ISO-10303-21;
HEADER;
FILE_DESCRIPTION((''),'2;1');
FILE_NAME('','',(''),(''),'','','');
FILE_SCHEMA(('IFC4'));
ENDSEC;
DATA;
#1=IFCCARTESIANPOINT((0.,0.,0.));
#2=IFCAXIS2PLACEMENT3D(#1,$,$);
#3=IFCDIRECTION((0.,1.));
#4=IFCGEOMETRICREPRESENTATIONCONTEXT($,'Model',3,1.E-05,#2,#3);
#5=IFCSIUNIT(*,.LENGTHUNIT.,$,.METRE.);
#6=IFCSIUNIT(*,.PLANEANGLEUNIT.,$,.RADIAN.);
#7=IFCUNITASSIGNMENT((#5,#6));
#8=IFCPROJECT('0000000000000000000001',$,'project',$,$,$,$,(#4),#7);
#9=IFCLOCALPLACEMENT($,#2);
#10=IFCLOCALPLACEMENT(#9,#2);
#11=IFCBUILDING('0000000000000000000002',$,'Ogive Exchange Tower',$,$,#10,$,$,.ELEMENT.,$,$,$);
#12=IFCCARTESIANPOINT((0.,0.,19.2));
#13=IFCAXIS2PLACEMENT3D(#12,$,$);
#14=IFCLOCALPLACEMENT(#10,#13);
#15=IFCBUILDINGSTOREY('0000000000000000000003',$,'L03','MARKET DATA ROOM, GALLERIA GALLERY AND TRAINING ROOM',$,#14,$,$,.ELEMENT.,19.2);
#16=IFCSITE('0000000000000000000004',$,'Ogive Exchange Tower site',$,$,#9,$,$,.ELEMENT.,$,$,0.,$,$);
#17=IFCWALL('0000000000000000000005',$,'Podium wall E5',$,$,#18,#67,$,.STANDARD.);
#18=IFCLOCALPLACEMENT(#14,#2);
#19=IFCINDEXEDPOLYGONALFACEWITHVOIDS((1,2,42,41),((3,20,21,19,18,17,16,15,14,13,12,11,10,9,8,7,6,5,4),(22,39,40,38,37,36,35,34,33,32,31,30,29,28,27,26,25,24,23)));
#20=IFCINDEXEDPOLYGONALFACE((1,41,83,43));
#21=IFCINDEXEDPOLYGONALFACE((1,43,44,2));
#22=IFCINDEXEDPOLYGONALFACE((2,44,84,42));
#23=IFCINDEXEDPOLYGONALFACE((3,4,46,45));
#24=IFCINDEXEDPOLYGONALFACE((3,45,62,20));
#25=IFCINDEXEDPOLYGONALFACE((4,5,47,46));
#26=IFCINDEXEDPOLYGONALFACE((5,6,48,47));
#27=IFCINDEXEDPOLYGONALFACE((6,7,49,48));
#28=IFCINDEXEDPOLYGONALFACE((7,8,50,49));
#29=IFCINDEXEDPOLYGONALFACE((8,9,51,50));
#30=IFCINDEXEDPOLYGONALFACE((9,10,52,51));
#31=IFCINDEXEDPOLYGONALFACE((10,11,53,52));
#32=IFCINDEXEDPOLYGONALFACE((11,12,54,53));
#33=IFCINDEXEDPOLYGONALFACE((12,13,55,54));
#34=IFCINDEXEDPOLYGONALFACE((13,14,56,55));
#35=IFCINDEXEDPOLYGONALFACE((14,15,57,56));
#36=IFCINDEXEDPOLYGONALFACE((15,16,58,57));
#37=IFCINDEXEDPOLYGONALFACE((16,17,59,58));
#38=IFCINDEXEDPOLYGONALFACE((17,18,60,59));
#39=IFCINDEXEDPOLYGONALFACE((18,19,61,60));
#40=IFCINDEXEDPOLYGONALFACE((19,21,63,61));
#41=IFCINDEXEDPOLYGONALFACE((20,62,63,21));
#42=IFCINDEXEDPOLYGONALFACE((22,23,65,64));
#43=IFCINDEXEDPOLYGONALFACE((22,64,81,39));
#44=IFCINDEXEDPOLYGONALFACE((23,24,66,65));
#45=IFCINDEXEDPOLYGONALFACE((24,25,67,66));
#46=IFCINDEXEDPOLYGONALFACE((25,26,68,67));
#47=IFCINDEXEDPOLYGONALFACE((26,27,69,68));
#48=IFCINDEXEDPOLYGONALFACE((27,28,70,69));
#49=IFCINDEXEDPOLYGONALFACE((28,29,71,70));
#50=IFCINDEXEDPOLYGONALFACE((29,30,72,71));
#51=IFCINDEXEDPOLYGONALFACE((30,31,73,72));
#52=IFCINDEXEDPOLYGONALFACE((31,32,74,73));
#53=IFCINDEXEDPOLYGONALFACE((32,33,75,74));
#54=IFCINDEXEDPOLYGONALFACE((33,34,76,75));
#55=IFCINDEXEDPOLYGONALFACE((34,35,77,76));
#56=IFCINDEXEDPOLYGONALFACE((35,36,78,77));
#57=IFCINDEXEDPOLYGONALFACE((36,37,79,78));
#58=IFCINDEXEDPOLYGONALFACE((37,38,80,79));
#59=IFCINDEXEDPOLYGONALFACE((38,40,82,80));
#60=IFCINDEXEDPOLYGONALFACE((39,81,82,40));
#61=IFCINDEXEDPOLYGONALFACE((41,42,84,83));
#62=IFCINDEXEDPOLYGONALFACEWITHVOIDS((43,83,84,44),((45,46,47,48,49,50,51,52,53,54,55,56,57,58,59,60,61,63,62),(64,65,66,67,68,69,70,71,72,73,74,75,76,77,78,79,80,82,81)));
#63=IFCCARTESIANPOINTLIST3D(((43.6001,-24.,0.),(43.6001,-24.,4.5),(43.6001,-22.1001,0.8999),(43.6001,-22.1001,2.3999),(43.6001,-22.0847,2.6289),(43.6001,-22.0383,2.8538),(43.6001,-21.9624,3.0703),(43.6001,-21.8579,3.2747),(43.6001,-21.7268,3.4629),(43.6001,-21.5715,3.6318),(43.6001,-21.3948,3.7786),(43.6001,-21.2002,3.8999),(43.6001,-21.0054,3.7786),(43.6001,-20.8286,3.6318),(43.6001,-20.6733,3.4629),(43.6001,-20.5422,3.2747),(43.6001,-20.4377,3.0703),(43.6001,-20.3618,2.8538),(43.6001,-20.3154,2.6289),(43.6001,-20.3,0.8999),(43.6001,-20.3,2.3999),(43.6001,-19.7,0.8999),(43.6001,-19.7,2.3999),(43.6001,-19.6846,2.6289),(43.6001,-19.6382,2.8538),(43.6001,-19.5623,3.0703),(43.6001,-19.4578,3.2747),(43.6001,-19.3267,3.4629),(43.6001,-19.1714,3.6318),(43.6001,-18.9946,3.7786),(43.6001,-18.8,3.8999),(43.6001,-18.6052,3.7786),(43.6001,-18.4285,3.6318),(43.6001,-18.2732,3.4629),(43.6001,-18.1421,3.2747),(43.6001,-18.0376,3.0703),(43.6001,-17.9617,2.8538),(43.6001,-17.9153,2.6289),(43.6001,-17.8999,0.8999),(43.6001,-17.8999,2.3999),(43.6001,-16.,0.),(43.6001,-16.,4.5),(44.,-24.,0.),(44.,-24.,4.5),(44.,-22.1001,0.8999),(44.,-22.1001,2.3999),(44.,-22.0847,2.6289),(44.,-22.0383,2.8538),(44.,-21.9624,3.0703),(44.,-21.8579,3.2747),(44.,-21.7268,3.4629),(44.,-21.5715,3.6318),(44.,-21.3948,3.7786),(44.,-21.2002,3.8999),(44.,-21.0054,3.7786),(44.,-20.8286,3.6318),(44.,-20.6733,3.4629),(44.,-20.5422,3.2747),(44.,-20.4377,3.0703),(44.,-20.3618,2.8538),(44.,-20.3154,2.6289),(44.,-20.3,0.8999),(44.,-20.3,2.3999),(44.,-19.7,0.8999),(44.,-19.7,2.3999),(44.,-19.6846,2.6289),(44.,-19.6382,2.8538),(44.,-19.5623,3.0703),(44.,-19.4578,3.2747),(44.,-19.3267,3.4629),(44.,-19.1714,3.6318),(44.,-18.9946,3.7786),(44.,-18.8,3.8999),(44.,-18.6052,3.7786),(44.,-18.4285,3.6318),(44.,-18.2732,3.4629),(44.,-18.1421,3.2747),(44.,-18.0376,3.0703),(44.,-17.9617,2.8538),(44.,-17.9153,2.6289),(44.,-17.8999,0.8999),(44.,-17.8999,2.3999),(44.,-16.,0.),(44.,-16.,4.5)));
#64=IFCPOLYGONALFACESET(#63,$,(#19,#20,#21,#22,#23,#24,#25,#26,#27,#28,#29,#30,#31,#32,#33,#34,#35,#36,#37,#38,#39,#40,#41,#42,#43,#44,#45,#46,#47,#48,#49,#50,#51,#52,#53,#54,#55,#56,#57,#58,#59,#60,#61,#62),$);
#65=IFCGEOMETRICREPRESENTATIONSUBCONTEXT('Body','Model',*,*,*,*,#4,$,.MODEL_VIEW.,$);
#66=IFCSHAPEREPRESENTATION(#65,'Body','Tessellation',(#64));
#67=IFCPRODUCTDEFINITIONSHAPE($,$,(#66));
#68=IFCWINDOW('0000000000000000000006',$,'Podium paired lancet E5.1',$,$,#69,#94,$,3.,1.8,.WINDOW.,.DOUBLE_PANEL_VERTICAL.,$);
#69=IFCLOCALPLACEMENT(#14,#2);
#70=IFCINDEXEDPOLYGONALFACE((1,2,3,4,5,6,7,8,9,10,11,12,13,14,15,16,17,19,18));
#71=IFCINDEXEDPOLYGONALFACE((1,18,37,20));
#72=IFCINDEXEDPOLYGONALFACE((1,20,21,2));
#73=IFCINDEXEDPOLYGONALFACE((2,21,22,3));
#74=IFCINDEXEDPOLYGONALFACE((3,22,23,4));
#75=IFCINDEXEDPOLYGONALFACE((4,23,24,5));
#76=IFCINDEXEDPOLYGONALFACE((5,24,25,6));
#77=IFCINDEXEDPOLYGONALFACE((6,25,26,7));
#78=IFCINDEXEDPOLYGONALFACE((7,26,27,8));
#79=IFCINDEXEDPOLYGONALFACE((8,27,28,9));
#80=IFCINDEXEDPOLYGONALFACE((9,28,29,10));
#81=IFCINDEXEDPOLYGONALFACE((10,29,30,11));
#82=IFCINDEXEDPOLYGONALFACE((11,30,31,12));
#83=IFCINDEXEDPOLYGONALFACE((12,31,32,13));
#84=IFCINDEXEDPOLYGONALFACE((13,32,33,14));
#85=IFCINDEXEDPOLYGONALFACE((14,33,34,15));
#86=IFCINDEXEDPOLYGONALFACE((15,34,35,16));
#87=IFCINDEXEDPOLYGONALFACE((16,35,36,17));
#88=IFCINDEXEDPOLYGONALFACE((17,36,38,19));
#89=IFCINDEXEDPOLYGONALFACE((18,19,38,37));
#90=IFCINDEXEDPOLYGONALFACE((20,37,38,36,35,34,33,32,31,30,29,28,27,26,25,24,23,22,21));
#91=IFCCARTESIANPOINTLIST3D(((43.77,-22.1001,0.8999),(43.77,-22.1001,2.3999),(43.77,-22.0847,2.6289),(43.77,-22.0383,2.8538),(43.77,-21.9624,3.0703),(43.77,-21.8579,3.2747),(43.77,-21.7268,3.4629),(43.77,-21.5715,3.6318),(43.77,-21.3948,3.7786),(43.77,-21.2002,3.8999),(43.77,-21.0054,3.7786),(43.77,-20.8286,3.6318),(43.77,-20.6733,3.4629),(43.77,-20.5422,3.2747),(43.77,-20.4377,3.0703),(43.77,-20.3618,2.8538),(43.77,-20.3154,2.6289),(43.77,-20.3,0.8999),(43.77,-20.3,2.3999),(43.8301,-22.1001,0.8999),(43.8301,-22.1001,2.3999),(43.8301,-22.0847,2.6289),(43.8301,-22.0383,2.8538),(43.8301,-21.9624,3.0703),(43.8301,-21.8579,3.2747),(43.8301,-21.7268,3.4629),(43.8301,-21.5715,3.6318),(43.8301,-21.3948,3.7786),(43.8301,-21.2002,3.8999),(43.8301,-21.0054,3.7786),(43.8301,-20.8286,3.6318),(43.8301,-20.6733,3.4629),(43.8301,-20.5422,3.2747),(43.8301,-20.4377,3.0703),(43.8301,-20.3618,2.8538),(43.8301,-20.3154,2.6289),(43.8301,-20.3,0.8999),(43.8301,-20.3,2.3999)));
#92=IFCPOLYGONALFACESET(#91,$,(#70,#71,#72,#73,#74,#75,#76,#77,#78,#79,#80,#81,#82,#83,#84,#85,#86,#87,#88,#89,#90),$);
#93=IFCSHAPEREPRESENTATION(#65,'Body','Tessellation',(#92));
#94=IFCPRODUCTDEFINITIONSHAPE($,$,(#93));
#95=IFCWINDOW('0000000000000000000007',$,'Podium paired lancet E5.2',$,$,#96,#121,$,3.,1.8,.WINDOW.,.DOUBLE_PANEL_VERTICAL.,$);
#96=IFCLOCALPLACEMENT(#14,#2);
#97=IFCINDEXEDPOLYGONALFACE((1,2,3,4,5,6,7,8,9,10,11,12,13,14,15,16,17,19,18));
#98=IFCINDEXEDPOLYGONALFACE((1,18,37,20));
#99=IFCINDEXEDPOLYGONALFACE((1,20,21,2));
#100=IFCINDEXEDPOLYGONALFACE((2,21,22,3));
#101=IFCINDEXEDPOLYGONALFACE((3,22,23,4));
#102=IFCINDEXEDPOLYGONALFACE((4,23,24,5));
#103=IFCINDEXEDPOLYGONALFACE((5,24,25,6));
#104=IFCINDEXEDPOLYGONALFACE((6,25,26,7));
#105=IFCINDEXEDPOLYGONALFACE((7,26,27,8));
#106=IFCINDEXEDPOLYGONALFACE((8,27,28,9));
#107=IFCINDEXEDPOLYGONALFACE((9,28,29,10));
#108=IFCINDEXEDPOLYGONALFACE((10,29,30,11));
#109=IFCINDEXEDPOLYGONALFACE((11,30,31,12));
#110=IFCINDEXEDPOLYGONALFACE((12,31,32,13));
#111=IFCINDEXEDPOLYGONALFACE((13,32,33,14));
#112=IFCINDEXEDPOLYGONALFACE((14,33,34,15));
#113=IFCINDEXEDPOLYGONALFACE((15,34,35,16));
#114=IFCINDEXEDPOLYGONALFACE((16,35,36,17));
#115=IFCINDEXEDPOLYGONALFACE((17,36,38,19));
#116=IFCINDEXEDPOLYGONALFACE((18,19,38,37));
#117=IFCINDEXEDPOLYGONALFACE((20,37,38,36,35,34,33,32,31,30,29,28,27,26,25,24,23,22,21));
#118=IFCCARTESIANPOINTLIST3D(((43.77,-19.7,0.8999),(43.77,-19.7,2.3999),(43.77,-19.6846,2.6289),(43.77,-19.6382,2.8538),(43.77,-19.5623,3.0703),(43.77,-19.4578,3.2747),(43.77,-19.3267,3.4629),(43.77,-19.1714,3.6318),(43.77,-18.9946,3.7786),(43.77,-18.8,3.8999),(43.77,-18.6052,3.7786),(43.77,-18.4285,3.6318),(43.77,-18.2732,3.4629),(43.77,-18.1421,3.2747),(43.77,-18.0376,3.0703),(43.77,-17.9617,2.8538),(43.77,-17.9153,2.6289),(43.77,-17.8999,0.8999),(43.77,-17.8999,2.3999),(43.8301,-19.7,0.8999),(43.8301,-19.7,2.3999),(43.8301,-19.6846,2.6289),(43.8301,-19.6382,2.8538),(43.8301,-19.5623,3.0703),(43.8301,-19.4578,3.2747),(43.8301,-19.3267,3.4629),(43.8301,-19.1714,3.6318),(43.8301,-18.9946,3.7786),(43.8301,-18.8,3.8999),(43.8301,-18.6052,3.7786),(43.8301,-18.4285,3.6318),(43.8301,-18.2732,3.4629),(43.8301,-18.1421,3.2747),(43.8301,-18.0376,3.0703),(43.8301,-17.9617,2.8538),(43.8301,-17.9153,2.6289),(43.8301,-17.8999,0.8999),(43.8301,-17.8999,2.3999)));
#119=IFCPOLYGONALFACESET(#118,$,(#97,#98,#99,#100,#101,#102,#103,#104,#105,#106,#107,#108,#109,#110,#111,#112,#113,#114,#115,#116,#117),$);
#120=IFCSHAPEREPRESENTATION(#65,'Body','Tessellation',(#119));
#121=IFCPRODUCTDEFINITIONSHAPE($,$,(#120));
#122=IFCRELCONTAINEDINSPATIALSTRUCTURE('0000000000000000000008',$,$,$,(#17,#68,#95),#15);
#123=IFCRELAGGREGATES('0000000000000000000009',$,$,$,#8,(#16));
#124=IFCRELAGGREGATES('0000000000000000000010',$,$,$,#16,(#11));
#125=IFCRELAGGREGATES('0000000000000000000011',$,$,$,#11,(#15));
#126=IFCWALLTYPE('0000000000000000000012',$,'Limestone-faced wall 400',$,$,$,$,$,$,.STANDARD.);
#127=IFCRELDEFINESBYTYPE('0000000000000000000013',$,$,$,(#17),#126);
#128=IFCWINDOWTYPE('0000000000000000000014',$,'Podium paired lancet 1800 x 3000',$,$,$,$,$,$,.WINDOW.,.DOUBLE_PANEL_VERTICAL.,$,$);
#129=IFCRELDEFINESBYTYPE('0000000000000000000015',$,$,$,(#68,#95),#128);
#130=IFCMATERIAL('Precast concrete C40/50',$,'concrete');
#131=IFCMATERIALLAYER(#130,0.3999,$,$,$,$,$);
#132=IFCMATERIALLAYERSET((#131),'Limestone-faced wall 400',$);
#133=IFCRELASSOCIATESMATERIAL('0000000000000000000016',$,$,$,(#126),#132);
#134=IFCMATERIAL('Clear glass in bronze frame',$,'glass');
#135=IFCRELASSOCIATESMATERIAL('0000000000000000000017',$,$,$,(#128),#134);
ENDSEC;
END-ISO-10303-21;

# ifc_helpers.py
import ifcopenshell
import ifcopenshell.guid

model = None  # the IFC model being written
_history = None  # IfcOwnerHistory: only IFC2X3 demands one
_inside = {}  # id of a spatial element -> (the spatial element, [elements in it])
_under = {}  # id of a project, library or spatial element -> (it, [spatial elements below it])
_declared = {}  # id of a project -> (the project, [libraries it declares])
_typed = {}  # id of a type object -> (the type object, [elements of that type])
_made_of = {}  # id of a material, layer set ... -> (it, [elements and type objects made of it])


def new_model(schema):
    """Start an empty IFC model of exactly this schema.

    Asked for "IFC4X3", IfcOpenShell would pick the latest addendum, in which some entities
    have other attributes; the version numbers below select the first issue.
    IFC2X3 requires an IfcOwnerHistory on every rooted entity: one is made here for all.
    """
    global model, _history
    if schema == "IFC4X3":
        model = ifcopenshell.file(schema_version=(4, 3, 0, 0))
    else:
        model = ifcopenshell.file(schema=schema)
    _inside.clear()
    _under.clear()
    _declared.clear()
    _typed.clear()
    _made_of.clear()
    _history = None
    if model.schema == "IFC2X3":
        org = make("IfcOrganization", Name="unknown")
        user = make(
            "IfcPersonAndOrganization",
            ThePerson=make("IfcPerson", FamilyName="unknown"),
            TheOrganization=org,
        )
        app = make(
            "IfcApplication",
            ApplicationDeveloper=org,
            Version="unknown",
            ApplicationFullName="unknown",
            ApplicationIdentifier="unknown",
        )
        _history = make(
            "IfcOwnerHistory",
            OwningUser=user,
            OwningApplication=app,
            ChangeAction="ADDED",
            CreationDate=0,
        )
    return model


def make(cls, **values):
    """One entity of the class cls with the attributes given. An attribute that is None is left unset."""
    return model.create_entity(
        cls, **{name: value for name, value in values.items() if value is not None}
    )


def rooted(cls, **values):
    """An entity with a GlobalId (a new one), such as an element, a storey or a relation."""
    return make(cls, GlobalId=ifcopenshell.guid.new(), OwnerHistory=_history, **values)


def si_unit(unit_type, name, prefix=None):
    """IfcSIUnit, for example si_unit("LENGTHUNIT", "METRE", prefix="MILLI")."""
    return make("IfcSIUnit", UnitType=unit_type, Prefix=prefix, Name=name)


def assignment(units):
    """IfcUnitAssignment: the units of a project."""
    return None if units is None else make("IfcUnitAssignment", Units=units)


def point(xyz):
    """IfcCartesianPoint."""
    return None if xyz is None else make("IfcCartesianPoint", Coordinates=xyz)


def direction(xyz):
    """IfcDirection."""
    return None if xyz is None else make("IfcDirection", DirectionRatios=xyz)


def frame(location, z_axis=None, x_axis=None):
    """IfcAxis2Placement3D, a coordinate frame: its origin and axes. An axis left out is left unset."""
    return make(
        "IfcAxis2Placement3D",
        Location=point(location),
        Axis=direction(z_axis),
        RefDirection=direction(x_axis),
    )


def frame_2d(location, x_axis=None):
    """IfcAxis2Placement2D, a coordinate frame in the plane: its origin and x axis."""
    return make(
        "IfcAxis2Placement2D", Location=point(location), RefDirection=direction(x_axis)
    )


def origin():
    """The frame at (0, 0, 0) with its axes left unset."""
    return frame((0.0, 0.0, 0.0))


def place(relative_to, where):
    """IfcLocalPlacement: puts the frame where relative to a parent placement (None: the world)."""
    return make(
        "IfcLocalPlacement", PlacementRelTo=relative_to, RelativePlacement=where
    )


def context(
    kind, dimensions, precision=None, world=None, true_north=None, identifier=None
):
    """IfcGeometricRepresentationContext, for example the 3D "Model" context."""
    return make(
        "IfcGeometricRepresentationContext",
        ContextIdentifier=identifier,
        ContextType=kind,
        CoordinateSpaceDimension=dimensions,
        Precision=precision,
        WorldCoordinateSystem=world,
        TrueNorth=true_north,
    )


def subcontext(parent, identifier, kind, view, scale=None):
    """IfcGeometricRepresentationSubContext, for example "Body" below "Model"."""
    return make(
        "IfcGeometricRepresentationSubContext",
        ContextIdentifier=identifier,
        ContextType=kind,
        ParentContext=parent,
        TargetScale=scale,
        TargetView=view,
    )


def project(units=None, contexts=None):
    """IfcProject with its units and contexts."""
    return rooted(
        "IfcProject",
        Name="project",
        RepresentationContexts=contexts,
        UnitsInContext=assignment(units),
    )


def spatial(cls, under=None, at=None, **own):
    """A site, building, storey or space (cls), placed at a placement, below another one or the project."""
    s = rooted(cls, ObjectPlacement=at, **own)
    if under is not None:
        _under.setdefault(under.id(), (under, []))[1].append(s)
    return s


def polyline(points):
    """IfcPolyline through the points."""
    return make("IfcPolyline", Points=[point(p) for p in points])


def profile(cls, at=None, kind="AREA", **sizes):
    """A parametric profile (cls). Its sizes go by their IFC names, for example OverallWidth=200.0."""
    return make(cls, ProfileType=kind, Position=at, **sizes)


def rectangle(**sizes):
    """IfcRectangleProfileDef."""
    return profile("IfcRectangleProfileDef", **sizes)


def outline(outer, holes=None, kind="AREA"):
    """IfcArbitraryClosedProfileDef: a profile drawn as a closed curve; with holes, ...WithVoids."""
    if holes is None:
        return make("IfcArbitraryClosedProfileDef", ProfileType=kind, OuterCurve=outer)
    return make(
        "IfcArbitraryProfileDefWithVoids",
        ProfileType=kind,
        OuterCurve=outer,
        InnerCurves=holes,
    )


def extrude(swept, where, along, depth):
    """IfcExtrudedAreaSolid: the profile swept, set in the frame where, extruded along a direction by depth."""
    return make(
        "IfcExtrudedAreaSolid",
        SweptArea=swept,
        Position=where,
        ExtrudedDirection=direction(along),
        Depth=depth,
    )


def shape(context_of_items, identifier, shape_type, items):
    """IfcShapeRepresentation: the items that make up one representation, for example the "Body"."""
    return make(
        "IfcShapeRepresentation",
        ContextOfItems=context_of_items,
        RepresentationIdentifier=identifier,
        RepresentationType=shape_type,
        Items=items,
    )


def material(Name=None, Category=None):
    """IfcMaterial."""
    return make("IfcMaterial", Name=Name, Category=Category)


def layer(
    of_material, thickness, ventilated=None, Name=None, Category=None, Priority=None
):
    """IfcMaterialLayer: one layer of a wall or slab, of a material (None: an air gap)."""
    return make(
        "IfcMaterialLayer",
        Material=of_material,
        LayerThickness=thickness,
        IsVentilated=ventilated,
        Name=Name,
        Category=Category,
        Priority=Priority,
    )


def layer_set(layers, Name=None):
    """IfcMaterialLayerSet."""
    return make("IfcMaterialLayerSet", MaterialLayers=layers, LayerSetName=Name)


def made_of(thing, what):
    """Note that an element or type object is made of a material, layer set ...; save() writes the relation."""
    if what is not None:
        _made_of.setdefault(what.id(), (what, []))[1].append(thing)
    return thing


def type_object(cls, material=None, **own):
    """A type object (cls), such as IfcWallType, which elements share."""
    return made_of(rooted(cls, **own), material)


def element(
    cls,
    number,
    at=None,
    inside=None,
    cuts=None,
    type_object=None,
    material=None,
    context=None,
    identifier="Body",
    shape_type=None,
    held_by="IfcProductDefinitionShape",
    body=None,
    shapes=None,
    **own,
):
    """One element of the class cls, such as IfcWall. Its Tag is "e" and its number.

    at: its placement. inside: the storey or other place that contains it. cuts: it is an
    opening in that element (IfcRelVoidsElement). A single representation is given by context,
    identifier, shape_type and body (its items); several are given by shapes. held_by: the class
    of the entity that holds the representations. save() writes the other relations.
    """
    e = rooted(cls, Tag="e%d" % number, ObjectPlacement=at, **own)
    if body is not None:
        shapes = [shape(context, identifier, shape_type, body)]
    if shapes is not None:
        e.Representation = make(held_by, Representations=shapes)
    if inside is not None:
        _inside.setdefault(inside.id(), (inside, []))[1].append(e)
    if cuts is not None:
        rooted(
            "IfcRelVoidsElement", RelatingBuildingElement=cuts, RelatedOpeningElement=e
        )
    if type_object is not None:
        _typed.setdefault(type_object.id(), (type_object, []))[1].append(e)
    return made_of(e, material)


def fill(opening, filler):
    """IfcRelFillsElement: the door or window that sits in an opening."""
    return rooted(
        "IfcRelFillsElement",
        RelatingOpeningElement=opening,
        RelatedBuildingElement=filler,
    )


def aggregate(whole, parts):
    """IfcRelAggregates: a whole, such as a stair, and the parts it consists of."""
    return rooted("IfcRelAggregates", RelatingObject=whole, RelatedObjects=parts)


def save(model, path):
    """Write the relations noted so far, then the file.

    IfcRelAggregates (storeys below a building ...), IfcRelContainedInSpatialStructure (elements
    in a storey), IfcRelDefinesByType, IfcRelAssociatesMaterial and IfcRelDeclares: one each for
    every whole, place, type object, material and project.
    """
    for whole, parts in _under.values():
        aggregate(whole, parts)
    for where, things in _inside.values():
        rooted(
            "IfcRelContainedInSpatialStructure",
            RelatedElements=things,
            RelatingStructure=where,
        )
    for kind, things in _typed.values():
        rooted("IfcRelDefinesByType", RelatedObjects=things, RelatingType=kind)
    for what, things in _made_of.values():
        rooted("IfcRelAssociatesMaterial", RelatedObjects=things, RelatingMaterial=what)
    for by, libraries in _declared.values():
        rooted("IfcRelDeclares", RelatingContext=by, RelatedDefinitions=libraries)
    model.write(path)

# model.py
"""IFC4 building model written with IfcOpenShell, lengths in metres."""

from ifc_helpers import new_model, si_unit, direction, frame, frame_2d, origin, place, context, subcontext, project, spatial, polyline, rectangle, outline, extrude, material, layer, layer_set, type_object, element, fill, save


model = new_model("IFC4")

# Units and contexts
model_context = context("Model", 3, precision=1e-05, world=origin(), true_north=direction((0.0, 1.0)))
body_context = subcontext(model_context, "Body", "Model", "MODEL_VIEW")
ifc_project = project(units=[si_unit("LENGTHUNIT", "METRE"), si_unit("PLANEANGLEUNIT", "RADIAN")], contexts=[model_context])

# Site, building, storey
site_placement = place(None, origin())
site = spatial("IfcSite", under=ifc_project, at=site_placement, Name="Ogive Exchange Tower site", CompositionType="ELEMENT", RefElevation=0.0)
building_placement = place(site_placement, origin())
building = spatial("IfcBuilding", under=site, at=building_placement, Name="Ogive Exchange Tower", CompositionType="ELEMENT")
storey_placement = place(building_placement, frame((0.0, 0.0, 19.2)))
storey = spatial("IfcBuildingStorey", under=building, at=storey_placement, Name="L03", Description="MARKET DATA ROOM, GALLERIA GALLERY AND TRAINING ROOM", CompositionType="ELEMENT", Elevation=19.2)

# Wall, openings, windows
ifc_material_1 = material(Name="Precast concrete C40/50", Category="concrete")
ifc_layer_1 = layer(ifc_material_1, 0.3999)
ifc_layer_set_1 = layer_set([ifc_layer_1], Name="Limestone-faced wall 400")
wall_type_1 = type_object("IfcWallType", Name="Limestone-faced wall 400", PredefinedType="STANDARD", material=ifc_layer_set_1)
wall_1_placement = place(storey_placement, frame((43.8, -24.0, 0.0), z_axis=(0.0, 0.0, 1.0), x_axis=(0.0, 1.0, 0.0)))
wall_1 = element("IfcWall", 1, at=wall_1_placement, inside=storey, type_object=wall_type_1, Name="Podium wall E5", PredefinedType="STANDARD", context=body_context, shape_type="SweptSolid", body=[
    extrude(rectangle(XDim=8.0, YDim=0.3999, at=frame_2d((4.0, 0.0))), origin(), (0.0, 0.0, 1.0), 4.5),
])
opening_1_placement = place(wall_1_placement, frame((1.8999, 0.0, 0.8999)))
opening_1 = element("IfcOpeningElement", 2, at=opening_1_placement, cuts=wall_1, PredefinedType="OPENING", context=body_context, shape_type="SweptSolid", body=[
    extrude(outline(polyline([(0.0, 0.0), (1.8, 0.0), (1.8, 1.5), (1.7847, 1.729), (1.7383, 1.9539), (1.6624, 2.1704), (1.5579, 2.3748), (1.4268, 2.563), (1.2715, 2.7319), (1.0947, 2.8787), (0.8999, 3.0), (0.7053, 2.8787), (0.5286, 2.7319), (0.3733, 2.563), (0.2422, 2.3748), (0.1377, 2.1704), (0.0618, 1.9539), (0.0154, 1.729), (0.0, 1.5), (0.0, 0.0)])), frame((0.0, 0.21, 0.0), z_axis=(0.0, -1.0, 0.0), x_axis=(1.0, 0.0, 0.0)), (0.0, 0.0, 1.0), 0.4199),
])
opening_2_placement = place(wall_1_placement, frame((4.3, 0.0, 0.8999)))
opening_2 = element("IfcOpeningElement", 3, at=opening_2_placement, cuts=wall_1, PredefinedType="OPENING", context=body_context, shape_type="SweptSolid", body=[
    extrude(outline(polyline([(0.0, 0.0), (1.8, 0.0), (1.8, 1.5), (1.7847, 1.729), (1.7383, 1.9539), (1.6624, 2.1704), (1.5579, 2.3748), (1.4268, 2.563), (1.2715, 2.7319), (1.0947, 2.8787), (0.8999, 3.0), (0.7053, 2.8787), (0.5286, 2.7319), (0.3733, 2.563), (0.2422, 2.3748), (0.1377, 2.1704), (0.0618, 1.9539), (0.0154, 1.729), (0.0, 1.5), (0.0, 0.0)])), frame((0.0, 0.21, 0.0), z_axis=(0.0, -1.0, 0.0), x_axis=(1.0, 0.0, 0.0)), (0.0, 0.0, 1.0), 0.4199),
])
ifc_material_2 = material(Name="Clear glass in bronze frame", Category="glass")
window_type = type_object("IfcWindowType", Name="Podium paired lancet 1800 x 3000", PartitioningType="DOUBLE_PANEL_VERTICAL", PredefinedType="WINDOW", material=ifc_material_2)
window_1_placement = place(opening_1_placement, origin())
window_1 = element("IfcWindow", 4, at=window_1_placement, inside=storey, type_object=window_type, Name="Podium paired lancet E5.1", OverallHeight=3.0, OverallWidth=1.8, PartitioningType="DOUBLE_PANEL_VERTICAL", PredefinedType="WINDOW", context=body_context, shape_type="SweptSolid", body=[
    extrude(outline(polyline([(0.0, 0.0), (1.8, 0.0), (1.8, 1.5), (1.7847, 1.729), (1.7383, 1.9539), (1.6624, 2.1704), (1.5579, 2.3748), (1.4268, 2.563), (1.2715, 2.7319), (1.0947, 2.8787), (0.8999, 3.0), (0.7053, 2.8787), (0.5286, 2.7319), (0.3733, 2.563), (0.2422, 2.3748), (0.1377, 2.1704), (0.0618, 1.9539), (0.0154, 1.729), (0.0, 1.5), (0.0, 0.0)])), frame((0.0, 0.03, 0.0), z_axis=(0.0, -1.0, 0.0), x_axis=(1.0, 0.0, 0.0)), (0.0, 0.0, 1.0), 0.0601),
])
fill(opening_1, window_1)
window_2_placement = place(opening_2_placement, origin())
window_2 = element("IfcWindow", 5, at=window_2_placement, inside=storey, type_object=window_type, Name="Podium paired lancet E5.2", OverallHeight=3.0, OverallWidth=1.8, PartitioningType="DOUBLE_PANEL_VERTICAL", PredefinedType="WINDOW", context=body_context, shape_type="SweptSolid", body=[
    extrude(outline(polyline([(0.0, 0.0), (1.8, 0.0), (1.8, 1.5), (1.7847, 1.729), (1.7383, 1.9539), (1.6624, 2.1704), (1.5579, 2.3748), (1.4268, 2.563), (1.2715, 2.7319), (1.0947, 2.8787), (0.8999, 3.0), (0.7053, 2.8787), (0.5286, 2.7319), (0.3733, 2.563), (0.2422, 2.3748), (0.1377, 2.1704), (0.0618, 1.9539), (0.0154, 1.729), (0.0, 1.5), (0.0, 0.0)])), frame((0.0, 0.03, 0.0), z_axis=(0.0, -1.0, 0.0), x_axis=(1.0, 0.0, 0.0)), (0.0, 0.0, 1.0), 0.0601),
])
fill(opening_2, window_2)

save(model, "model.ifc")
